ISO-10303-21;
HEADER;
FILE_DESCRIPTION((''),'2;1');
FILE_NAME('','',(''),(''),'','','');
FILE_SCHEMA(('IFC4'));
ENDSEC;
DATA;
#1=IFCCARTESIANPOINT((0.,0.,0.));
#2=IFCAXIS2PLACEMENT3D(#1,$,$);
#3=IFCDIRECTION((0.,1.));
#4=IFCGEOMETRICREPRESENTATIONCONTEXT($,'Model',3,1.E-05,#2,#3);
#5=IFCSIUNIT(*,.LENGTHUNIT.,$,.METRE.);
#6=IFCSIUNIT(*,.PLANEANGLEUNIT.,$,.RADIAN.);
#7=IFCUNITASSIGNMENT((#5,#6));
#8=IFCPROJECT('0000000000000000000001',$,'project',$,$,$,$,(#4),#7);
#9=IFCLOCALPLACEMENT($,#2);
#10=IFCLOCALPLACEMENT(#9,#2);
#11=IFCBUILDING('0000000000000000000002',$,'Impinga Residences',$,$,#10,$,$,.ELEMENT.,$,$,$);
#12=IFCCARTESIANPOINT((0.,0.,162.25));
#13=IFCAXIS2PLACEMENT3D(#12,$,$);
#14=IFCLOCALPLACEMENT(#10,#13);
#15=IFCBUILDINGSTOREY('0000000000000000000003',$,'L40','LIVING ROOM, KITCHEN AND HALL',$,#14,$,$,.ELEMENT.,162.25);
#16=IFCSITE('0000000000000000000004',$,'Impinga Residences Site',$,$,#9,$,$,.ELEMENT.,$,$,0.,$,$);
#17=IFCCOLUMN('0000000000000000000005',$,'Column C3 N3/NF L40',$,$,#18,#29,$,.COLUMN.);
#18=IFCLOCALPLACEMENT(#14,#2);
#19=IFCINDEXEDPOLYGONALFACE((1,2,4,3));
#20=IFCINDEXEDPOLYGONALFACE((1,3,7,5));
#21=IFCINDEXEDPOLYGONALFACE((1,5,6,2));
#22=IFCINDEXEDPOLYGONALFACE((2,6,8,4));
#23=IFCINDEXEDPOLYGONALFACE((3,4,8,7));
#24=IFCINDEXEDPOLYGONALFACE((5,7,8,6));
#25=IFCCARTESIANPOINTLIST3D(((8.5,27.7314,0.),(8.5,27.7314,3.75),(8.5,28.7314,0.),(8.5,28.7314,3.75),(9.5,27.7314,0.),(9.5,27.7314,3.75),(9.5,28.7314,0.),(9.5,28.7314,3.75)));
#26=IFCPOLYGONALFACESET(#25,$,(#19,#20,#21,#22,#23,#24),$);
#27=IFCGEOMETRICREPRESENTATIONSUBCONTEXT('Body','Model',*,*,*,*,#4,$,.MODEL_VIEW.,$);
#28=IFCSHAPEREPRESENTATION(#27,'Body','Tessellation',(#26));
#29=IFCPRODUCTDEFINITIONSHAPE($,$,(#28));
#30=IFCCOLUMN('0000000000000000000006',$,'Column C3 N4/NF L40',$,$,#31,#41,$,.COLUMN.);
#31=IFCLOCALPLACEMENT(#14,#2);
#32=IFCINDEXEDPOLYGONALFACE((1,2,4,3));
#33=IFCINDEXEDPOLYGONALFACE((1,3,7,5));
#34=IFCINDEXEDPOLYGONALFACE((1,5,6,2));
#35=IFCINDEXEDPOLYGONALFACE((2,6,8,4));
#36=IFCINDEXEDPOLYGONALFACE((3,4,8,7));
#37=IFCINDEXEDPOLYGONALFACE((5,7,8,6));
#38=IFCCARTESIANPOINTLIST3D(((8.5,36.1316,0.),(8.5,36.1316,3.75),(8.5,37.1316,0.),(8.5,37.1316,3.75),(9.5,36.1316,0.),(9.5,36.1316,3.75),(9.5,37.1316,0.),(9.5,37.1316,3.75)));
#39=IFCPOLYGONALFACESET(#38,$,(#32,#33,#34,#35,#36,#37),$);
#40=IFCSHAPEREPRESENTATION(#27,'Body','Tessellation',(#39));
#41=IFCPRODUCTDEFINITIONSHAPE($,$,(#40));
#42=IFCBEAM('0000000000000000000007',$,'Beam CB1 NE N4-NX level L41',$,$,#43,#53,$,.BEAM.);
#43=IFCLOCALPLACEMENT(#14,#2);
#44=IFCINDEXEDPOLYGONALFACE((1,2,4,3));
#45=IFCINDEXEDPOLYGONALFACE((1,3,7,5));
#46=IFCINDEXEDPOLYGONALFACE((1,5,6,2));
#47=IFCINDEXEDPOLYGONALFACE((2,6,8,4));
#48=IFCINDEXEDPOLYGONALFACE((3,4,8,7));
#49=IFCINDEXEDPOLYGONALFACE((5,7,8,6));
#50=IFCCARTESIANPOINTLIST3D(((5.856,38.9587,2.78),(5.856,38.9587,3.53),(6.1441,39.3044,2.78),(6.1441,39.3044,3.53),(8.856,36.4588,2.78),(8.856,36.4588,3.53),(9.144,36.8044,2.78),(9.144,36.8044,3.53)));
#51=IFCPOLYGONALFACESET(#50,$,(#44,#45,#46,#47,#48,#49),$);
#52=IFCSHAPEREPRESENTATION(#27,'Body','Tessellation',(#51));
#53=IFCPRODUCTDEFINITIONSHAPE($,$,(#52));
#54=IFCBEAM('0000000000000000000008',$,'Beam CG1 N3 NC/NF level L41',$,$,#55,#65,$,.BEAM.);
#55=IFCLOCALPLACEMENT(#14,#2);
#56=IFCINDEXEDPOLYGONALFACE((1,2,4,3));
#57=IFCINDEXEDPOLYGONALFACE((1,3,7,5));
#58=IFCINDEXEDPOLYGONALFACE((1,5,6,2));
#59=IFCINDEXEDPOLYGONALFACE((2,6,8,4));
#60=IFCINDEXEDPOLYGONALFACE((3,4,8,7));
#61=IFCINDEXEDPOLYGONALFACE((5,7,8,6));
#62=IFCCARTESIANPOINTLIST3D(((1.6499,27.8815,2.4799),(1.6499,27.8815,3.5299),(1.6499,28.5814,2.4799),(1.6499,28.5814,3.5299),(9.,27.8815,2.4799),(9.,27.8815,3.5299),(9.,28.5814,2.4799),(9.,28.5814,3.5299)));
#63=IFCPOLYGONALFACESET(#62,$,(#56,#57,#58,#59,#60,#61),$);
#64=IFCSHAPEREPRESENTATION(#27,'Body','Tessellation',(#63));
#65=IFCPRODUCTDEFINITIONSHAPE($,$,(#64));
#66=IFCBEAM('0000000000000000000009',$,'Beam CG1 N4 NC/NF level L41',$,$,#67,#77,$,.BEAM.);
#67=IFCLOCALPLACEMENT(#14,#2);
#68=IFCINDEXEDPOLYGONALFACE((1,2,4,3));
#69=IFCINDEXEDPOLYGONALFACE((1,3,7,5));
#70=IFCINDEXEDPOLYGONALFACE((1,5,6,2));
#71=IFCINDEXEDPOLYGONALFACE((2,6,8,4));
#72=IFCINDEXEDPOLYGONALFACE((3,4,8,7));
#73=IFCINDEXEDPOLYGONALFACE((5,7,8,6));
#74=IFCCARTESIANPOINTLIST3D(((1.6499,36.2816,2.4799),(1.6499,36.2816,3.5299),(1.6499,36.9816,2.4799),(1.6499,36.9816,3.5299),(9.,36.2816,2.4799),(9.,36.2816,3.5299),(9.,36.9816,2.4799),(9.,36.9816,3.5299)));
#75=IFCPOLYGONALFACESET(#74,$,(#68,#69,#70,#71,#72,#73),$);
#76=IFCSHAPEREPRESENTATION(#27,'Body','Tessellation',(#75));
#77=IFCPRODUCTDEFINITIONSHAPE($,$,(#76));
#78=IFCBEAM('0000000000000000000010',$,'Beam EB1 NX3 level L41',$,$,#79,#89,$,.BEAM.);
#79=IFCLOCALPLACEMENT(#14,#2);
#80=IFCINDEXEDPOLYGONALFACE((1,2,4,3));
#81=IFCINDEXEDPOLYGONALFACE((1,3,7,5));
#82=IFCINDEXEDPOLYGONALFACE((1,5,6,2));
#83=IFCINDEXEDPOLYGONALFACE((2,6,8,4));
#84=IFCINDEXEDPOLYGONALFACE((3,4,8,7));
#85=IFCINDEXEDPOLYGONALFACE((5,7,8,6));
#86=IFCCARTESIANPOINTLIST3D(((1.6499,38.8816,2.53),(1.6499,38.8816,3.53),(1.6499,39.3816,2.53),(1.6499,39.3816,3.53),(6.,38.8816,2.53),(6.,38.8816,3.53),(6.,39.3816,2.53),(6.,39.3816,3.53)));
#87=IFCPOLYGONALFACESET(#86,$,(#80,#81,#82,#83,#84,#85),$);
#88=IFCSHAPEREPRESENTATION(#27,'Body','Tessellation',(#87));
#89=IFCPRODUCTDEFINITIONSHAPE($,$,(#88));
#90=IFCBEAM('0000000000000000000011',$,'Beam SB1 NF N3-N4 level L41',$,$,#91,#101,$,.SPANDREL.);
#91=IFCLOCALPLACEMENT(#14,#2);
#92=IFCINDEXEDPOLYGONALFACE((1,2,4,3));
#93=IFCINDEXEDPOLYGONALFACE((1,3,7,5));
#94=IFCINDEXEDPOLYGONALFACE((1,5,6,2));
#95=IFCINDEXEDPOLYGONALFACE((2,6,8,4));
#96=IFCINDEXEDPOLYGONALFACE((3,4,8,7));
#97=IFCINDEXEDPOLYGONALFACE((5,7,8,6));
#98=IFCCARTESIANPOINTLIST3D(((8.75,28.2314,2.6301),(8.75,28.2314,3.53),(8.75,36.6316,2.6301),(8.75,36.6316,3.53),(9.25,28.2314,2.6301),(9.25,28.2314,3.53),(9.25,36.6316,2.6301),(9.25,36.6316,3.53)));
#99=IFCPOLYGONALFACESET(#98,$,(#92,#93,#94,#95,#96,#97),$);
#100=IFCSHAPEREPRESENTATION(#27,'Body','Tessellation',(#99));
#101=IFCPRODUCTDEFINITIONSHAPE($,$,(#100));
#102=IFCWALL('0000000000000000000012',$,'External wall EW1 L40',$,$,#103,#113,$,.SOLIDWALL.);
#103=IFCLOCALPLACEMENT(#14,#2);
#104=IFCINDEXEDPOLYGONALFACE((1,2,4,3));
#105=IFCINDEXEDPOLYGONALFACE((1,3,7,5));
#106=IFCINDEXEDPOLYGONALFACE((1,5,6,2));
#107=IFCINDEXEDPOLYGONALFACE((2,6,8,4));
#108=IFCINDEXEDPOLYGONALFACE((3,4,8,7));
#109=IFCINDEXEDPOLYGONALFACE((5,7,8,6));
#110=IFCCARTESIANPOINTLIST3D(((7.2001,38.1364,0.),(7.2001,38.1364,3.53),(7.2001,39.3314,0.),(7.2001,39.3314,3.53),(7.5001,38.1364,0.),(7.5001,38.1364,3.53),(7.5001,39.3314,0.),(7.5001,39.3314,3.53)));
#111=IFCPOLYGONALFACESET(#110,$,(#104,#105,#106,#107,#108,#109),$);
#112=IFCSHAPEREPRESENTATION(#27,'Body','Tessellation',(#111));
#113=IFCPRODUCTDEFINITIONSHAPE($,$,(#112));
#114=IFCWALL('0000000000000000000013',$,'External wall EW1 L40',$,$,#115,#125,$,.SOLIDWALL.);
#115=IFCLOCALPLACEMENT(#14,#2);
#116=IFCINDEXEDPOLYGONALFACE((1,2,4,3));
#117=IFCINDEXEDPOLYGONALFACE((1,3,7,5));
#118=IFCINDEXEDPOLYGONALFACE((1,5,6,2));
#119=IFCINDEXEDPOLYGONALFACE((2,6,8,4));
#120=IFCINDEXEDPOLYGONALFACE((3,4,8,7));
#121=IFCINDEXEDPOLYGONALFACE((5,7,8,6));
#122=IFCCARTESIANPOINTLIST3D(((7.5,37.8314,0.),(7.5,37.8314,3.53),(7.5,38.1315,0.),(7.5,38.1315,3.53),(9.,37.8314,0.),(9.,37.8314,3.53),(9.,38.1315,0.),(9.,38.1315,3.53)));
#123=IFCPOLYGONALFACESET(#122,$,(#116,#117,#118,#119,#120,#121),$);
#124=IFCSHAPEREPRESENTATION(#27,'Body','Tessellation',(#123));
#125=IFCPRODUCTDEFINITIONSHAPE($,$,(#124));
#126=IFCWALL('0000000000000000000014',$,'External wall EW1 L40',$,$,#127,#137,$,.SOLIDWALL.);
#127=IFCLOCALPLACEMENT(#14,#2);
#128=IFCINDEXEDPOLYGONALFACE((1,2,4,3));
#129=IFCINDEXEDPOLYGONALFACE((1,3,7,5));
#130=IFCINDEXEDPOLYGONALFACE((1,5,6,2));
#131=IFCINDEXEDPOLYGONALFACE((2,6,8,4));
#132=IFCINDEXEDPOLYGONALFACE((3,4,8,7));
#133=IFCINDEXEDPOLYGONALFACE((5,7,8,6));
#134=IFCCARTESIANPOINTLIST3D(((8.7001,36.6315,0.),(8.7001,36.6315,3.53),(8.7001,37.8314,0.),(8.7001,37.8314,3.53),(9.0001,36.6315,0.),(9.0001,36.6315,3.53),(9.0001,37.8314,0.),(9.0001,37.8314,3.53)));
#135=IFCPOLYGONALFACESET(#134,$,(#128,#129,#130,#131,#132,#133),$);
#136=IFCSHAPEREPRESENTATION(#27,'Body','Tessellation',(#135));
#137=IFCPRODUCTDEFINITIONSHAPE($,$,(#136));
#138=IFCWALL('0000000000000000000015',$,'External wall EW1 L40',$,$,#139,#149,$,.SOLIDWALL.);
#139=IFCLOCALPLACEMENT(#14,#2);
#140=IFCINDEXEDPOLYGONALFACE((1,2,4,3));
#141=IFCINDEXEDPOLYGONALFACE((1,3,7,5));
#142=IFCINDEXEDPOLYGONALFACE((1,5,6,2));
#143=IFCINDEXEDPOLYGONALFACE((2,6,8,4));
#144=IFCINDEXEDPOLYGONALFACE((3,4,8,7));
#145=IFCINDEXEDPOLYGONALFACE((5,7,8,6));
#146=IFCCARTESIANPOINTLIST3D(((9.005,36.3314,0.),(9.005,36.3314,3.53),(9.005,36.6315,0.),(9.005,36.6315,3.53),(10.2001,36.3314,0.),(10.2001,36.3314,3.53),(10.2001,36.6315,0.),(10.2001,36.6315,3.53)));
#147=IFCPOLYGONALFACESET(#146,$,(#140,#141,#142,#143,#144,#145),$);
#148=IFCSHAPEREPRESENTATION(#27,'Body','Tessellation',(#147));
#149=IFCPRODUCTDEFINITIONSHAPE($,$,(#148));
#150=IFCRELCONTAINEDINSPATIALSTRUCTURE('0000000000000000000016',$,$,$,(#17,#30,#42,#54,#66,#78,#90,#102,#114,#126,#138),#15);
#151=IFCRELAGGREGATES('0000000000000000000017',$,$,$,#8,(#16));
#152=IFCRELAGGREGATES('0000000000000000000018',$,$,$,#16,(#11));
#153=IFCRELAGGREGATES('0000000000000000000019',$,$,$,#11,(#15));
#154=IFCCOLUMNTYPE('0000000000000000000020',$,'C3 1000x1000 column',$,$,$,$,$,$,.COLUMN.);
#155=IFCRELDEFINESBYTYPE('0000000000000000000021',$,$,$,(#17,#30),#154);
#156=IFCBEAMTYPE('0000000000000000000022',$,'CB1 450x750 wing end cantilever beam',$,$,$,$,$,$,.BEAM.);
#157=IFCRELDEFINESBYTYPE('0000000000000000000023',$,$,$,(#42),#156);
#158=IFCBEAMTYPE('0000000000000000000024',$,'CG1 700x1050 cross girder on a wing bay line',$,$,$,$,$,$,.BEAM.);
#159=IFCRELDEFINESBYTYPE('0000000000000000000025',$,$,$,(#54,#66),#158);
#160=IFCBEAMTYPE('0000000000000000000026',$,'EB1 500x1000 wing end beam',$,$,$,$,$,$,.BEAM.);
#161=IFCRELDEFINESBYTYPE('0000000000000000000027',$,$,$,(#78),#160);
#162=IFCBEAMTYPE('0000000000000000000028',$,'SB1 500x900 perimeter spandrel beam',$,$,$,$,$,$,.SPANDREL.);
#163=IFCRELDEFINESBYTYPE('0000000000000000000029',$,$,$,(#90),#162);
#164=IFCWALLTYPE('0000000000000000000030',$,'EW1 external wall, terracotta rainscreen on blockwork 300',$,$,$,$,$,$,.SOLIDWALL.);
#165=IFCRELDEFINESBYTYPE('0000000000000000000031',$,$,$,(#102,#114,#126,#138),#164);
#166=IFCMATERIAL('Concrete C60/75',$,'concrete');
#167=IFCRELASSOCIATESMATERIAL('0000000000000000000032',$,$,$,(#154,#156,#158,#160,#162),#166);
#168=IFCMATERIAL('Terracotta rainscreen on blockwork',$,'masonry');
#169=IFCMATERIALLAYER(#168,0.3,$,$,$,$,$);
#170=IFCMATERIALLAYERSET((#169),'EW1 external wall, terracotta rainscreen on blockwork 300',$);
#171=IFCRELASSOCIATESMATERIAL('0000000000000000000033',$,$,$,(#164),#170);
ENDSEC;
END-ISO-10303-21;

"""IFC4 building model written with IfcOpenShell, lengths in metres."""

from ifc_helpers import new_model, si_unit, direction, frame, frame_2d, origin, origin_2d, place, context, subcontext, project, spatial, rectangle, extrude, material, layer, layer_set, material_profile, profile_set, type_object, element, save


model = new_model("IFC4")

# Units and contexts
model_context = context("Model", 3, precision=1e-05, world=origin(), true_north=direction((0.0, 1.0)))
body_context = subcontext(model_context, "Body", "Model", "MODEL_VIEW")
ifc_project = project(units=[si_unit("LENGTHUNIT", "METRE"), si_unit("PLANEANGLEUNIT", "RADIAN")], contexts=[model_context])

# Site, building, storey
site_placement = place(None, origin())
site = spatial("IfcSite", under=ifc_project, at=site_placement, Name="Impinga Residences Site", CompositionType="ELEMENT", RefElevation=0.0)
building_placement = place(site_placement, origin())
building = spatial("IfcBuilding", under=site, at=building_placement, Name="Impinga Residences", CompositionType="ELEMENT")
storey_placement = place(building_placement, frame((0.0, 0.0, 162.25)))
storey = spatial("IfcBuildingStorey", under=building, at=storey_placement, Name="L40", Description="LIVING ROOM, KITCHEN AND HALL", CompositionType="ELEMENT", Elevation=162.25)

# Columns
ifc_material_1 = material(Name="Concrete C60/75", Category="concrete")
ifc_material_profile_1 = material_profile(ifc_material_1, rectangle(XDim=1.0, YDim=1.0, at=origin_2d()), Name="RC 1000x1000")
ifc_profile_set_1 = profile_set([ifc_material_profile_1], Name="Concrete C60/75")
column_type = type_object("IfcColumnType", Name="C3 1000x1000 column", PredefinedType="COLUMN", material=ifc_profile_set_1)
for number, where, z_axis, x_axis, name in (
    (1, (9.0, 28.2314, 0.0), (0.0, 0.0, 1.0), (1.0, 0.0, 0.0), "Column C3 N3/NF L40"),
    (2, (9.0, 36.6316, 0.0), (0.0, 0.0, 1.0), (1.0, 0.0, 0.0), "Column C3 N4/NF L40"),
):
    element("IfcColumn", number, at=place(storey_placement, frame(where, z_axis=z_axis, x_axis=x_axis)), inside=storey, type_object=column_type, Name=name, PredefinedType="COLUMN", context=body_context, shape_type="SweptSolid", body=[
        extrude(rectangle(XDim=1.0, YDim=1.0, at=origin_2d()), origin(), (0.0, 0.0, 1.0), 3.75),
    ])

# Beams
ifc_material_profile_2 = material_profile(ifc_material_1, rectangle(XDim=0.45, YDim=0.75, at=origin_2d()), Name="RC 450x750")
ifc_profile_set_2 = profile_set([ifc_material_profile_2], Name="Concrete C60/75")
beam_type_1 = type_object("IfcBeamType", Name="CB1 450x750 wing end cantilever beam", PredefinedType="BEAM", material=ifc_profile_set_2)
beam_1_placement = place(storey_placement, frame((9.0, 36.6316, 3.155), z_axis=(-0.768221, 0.640184, 0.0), x_axis=(-0.640184, -0.768221, 0.0)))
element("IfcBeam", 3, at=beam_1_placement, inside=storey, type_object=beam_type_1, Name="Beam CB1 NE N4-NX level L41", PredefinedType="BEAM", context=body_context, shape_type="SweptSolid", body=[
    extrude(rectangle(XDim=0.45, YDim=0.75, at=origin_2d()), origin(), (0.0, 0.0, 1.0), 3.905),
])
ifc_material_profile_3 = material_profile(ifc_material_1, rectangle(XDim=0.7, YDim=1.05, at=origin_2d()), Name="RC 700x1050")
ifc_profile_set_3 = profile_set([ifc_material_profile_3], Name="Concrete C60/75")
beam_type_2 = type_object("IfcBeamType", Name="CG1 700x1050 cross girder on a wing bay line", PredefinedType="BEAM", material=ifc_profile_set_3)
for number, where, z_axis, x_axis, name in (
    (4, (1.6499, 28.2314, 3.0049), (1.0, 0.0, 0.0), (0.0, 1.0, 0.0), "Beam CG1 N3 NC/NF level L41"),
    (5, (1.6499, 36.6316, 3.0049), (1.0, 0.0, 0.0), (0.0, 1.0, 0.0), "Beam CG1 N4 NC/NF level L41"),
):
    element("IfcBeam", number, at=place(storey_placement, frame(where, z_axis=z_axis, x_axis=x_axis)), inside=storey, type_object=beam_type_2, Name=name, PredefinedType="BEAM", context=body_context, shape_type="SweptSolid", body=[
        extrude(rectangle(XDim=0.7, YDim=1.05, at=origin_2d()), origin(), (0.0, 0.0, 1.0), 7.3501),
    ])
ifc_material_profile_4 = material_profile(ifc_material_1, rectangle(XDim=0.5, YDim=1.0, at=origin_2d()), Name="RC 500x1000")
ifc_profile_set_4 = profile_set([ifc_material_profile_4], Name="Concrete C60/75")
beam_type_3 = type_object("IfcBeamType", Name="EB1 500x1000 wing end beam", PredefinedType="BEAM", material=ifc_profile_set_4)
beam_2_placement = place(storey_placement, frame((1.6499, 39.1316, 3.03), z_axis=(1.0, 0.0, 0.0), x_axis=(0.0, 1.0, 0.0)))
element("IfcBeam", 6, at=beam_2_placement, inside=storey, type_object=beam_type_3, Name="Beam EB1 NX3 level L41", PredefinedType="BEAM", context=body_context, shape_type="SweptSolid", body=[
    extrude(rectangle(XDim=0.5, YDim=1.0, at=origin_2d()), origin(), (0.0, 0.0, 1.0), 4.3501),
])
ifc_material_profile_5 = material_profile(ifc_material_1, rectangle(XDim=0.5, YDim=0.8999, at=origin_2d()), Name="RC 500x900")
ifc_profile_set_5 = profile_set([ifc_material_profile_5], Name="Concrete C60/75")
beam_type_4 = type_object("IfcBeamType", Name="SB1 500x900 perimeter spandrel beam", PredefinedType="SPANDREL", material=ifc_profile_set_5)
beam_3_placement = place(storey_placement, frame((9.0, 28.2314, 3.0801), z_axis=(0.0, 1.0, 0.0), x_axis=(-1.0, 0.0, 0.0)))
element("IfcBeam", 7, at=beam_3_placement, inside=storey, type_object=beam_type_4, Name="Beam SB1 NF N3-N4 level L41", PredefinedType="SPANDREL", context=body_context, shape_type="SweptSolid", body=[
    extrude(rectangle(XDim=0.5, YDim=0.8999, at=origin_2d()), origin(), (0.0, 0.0, 1.0), 8.4001),
])

# Walls
ifc_material_2 = material(Name="Terracotta rainscreen on blockwork", Category="masonry")
ifc_layer_1 = layer(ifc_material_2, 0.3)
ifc_layer_set_1 = layer_set([ifc_layer_1], Name="EW1 external wall, terracotta rainscreen on blockwork 300")
wall_type_1 = type_object("IfcWallType", Name="EW1 external wall, terracotta rainscreen on blockwork 300", PredefinedType="SOLIDWALL", material=ifc_layer_set_1)
wall_1_placement = place(storey_placement, frame((7.3501, 39.3315, 0.0), z_axis=(0.0, 0.0, 1.0), x_axis=(0.0, -1.0, 0.0)))
element("IfcWall", 8, at=wall_1_placement, inside=storey, type_object=wall_type_1, Name="External wall EW1 L40", PredefinedType="SOLIDWALL", context=body_context, shape_type="SweptSolid", body=[
    extrude(rectangle(XDim=1.1951, YDim=0.3, at=frame_2d((0.5977, 0.0))), origin(), (0.0, 0.0, 1.0), 3.53),
])
wall_2_placement = place(storey_placement, frame((7.5, 37.9814, 0.0), z_axis=(0.0, 0.0, 1.0), x_axis=(1.0, 0.0, 0.0)))
element("IfcWall", 9, at=wall_2_placement, inside=storey, type_object=wall_type_1, Name="External wall EW1 L40", PredefinedType="SOLIDWALL", context=body_context, shape_type="SweptSolid", body=[
    extrude(rectangle(XDim=1.5, YDim=0.3, at=frame_2d((0.75, 0.0))), origin(), (0.0, 0.0, 1.0), 3.53),
])
wall_3_placement = place(storey_placement, frame((8.8501, 37.8315, 0.0), z_axis=(0.0, 0.0, 1.0), x_axis=(0.0, -1.0, 0.0)))
element("IfcWall", 10, at=wall_3_placement, inside=storey, type_object=wall_type_1, Name="External wall EW1 L40", PredefinedType="SOLIDWALL", context=body_context, shape_type="SweptSolid", body=[
    extrude(rectangle(XDim=1.2, YDim=0.3, at=frame_2d((0.6001, 0.0))), origin(), (0.0, 0.0, 1.0), 3.53),
])
wall_4_placement = place(storey_placement, frame((9.0049, 36.4814, 0.0), z_axis=(0.0, 0.0, 1.0), x_axis=(1.0, 0.0, 0.0)))
element("IfcWall", 11, at=wall_4_placement, inside=storey, type_object=wall_type_1, Name="External wall EW1 L40", PredefinedType="SOLIDWALL", context=body_context, shape_type="SweptSolid", body=[
    extrude(rectangle(XDim=1.1951, YDim=0.3, at=frame_2d((0.5977, 0.0))), origin(), (0.0, 0.0, 1.0), 3.53),
])

save(model, "model.ifc")
